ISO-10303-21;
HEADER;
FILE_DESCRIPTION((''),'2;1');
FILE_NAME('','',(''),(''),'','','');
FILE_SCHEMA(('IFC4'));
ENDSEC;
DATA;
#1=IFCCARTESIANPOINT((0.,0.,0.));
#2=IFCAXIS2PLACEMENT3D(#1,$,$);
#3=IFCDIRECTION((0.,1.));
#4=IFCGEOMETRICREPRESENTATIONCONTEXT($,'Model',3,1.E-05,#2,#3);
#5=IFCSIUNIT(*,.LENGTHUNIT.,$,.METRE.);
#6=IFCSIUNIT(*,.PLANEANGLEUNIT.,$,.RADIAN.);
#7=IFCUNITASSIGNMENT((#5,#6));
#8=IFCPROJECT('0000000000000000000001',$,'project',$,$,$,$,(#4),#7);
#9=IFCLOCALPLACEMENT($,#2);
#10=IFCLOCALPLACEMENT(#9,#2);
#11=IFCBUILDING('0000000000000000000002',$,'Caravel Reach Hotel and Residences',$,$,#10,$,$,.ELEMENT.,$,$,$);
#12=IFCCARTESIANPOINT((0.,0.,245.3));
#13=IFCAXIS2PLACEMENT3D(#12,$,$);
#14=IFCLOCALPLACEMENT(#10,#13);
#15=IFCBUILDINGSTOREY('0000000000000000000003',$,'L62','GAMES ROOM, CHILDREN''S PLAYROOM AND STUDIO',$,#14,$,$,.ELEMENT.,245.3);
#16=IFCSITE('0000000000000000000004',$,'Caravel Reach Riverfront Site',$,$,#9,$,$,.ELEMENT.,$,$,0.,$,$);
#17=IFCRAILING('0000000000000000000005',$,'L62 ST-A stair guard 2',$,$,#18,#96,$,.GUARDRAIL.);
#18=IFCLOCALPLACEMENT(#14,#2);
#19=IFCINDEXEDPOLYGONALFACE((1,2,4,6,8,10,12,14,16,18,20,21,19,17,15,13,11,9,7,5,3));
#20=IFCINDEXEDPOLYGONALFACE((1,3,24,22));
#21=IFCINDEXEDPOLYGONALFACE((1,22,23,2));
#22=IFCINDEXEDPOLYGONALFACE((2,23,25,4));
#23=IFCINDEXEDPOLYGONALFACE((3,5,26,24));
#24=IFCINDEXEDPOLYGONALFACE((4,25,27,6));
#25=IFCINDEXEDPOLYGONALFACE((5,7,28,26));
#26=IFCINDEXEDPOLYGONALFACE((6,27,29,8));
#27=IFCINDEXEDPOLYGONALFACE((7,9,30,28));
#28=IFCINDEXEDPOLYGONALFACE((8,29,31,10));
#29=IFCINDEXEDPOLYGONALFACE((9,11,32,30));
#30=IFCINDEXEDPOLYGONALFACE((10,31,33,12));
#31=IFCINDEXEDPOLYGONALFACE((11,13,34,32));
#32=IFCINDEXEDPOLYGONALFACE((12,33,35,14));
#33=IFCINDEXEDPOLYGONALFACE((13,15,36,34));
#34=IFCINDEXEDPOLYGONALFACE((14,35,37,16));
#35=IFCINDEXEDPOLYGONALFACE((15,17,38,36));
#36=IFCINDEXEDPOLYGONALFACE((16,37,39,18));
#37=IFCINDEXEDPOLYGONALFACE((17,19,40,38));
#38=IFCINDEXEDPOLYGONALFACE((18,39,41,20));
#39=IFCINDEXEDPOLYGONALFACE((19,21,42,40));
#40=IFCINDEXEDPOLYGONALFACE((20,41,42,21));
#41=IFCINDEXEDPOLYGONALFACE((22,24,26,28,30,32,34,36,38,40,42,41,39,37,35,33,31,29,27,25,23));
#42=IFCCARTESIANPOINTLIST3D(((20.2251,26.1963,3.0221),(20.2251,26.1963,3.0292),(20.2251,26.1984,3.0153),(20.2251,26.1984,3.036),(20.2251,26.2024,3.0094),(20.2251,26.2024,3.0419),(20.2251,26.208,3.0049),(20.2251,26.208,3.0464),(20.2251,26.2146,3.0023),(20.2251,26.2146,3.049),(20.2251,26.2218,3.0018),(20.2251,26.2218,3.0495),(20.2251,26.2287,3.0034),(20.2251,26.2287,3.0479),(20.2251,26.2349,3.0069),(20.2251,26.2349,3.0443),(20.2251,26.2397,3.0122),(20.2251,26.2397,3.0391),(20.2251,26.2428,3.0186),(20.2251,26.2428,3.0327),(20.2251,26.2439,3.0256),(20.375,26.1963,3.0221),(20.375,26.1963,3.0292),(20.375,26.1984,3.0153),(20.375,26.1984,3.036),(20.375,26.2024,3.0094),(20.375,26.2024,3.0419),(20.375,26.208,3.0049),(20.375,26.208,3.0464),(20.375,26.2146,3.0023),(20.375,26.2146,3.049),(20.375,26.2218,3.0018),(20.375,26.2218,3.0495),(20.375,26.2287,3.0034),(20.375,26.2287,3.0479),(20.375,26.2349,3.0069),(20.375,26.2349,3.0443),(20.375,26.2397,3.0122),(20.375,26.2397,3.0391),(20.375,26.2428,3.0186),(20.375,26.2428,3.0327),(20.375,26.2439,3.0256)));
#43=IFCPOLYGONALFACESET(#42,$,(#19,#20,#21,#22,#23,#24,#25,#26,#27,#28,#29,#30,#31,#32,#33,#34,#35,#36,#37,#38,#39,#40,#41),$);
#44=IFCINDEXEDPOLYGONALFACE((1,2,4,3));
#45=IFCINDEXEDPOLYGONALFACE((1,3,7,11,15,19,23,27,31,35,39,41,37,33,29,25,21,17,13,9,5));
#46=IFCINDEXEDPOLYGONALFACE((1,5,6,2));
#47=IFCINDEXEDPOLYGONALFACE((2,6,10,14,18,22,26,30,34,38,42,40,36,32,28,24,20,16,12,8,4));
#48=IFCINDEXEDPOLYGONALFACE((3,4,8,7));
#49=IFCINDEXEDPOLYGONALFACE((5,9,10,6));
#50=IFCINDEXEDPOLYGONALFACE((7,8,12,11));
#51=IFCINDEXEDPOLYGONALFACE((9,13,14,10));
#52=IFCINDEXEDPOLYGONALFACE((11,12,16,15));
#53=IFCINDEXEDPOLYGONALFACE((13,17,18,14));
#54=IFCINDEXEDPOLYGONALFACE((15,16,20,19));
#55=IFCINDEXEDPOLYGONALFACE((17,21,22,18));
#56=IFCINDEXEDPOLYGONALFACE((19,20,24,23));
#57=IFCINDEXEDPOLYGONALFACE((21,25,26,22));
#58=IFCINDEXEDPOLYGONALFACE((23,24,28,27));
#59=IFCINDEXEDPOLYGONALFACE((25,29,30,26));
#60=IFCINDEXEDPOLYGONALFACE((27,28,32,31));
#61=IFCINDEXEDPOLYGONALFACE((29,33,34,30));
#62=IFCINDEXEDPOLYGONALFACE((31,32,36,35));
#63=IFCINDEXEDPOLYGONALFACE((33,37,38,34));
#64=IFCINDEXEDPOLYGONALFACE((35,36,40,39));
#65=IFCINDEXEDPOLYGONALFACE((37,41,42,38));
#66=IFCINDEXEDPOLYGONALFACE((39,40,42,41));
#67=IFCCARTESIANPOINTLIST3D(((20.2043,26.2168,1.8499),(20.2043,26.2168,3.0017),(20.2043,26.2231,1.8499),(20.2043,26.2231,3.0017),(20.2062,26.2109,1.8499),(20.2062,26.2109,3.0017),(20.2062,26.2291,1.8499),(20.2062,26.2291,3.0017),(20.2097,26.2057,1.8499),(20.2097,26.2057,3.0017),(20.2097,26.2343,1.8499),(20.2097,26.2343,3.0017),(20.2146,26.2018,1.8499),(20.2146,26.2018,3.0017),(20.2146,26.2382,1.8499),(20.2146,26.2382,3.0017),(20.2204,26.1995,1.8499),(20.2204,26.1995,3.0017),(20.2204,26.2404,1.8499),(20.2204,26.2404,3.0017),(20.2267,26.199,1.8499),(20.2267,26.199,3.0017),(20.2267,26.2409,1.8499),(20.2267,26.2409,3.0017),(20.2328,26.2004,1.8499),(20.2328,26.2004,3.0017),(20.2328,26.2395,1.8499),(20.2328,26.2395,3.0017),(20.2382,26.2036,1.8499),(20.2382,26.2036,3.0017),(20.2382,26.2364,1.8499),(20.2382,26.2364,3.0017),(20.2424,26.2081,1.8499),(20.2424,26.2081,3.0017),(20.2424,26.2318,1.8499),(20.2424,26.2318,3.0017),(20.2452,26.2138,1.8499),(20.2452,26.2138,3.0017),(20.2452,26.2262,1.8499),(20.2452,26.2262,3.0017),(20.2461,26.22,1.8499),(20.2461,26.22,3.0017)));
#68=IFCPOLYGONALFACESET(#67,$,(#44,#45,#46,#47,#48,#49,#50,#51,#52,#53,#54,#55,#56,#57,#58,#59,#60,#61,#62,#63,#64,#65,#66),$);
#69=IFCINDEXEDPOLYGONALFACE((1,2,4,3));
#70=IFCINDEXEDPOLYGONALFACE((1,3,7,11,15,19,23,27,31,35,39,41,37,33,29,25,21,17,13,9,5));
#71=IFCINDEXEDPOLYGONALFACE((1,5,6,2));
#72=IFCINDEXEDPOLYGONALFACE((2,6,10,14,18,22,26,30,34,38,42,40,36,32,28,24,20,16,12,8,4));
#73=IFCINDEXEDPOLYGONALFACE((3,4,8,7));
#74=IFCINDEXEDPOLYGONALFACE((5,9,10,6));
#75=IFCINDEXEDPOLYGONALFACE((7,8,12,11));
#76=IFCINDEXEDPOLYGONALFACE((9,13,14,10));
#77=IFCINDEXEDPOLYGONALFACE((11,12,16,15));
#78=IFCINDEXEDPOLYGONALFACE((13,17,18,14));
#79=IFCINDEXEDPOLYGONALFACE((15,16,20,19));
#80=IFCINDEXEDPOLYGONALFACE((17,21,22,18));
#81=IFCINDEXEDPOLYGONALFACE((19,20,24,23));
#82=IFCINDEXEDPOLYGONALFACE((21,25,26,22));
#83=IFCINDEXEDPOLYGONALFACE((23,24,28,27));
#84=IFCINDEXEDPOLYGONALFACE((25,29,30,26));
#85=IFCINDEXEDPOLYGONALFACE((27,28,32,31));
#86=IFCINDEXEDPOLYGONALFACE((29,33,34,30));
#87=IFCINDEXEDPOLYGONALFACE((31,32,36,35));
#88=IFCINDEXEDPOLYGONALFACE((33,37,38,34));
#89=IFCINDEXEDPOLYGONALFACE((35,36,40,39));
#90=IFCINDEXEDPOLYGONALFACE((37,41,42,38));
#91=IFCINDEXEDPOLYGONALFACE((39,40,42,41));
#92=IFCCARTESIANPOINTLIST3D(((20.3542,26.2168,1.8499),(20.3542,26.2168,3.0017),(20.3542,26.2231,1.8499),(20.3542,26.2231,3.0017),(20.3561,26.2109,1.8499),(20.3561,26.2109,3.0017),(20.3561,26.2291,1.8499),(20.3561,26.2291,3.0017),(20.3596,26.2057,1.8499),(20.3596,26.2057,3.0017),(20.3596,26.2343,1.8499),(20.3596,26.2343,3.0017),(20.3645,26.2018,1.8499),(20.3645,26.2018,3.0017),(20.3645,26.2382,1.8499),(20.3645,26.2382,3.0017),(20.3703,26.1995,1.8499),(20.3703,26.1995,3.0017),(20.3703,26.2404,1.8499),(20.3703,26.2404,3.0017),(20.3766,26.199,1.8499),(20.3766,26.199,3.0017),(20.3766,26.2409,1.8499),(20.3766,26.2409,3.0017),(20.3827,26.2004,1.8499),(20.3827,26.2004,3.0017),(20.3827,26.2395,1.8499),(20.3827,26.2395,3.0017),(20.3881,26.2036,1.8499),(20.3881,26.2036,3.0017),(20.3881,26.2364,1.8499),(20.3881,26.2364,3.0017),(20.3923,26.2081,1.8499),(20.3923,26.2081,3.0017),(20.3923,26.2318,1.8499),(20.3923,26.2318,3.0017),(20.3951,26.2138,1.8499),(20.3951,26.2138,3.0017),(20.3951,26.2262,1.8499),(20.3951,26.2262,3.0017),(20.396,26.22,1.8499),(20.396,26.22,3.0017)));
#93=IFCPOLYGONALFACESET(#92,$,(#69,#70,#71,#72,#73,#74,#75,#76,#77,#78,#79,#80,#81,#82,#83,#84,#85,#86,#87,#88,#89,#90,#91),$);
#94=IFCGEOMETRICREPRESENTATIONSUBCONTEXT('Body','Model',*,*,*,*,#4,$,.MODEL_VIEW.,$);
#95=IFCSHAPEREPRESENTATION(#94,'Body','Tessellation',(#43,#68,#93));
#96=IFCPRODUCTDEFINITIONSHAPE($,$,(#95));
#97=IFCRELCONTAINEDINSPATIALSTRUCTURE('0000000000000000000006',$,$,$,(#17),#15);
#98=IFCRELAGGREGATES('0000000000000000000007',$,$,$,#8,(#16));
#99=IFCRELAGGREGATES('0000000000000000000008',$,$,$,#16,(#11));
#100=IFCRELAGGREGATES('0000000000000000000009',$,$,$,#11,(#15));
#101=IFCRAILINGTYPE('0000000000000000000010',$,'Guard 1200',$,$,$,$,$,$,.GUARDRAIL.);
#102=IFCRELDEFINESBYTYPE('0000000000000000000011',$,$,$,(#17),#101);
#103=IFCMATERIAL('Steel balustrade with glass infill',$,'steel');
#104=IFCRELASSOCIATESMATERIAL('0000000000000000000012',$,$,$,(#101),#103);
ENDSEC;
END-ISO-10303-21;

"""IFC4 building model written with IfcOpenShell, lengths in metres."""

from ifc_helpers import new_model, si_unit, direction, frame, origin, origin_2d, place, context, subcontext, project, spatial, circle, extrude, material, type_object, element, save


model = new_model("IFC4")

# Units and contexts
model_context = context("Model", 3, precision=1e-05, world=origin(), true_north=direction((0.0, 1.0)))
body_context = subcontext(model_context, "Body", "Model", "MODEL_VIEW")
ifc_project = project(units=[si_unit("LENGTHUNIT", "METRE"), si_unit("PLANEANGLEUNIT", "RADIAN")], contexts=[model_context])

# Site, building, storey
site_placement = place(None, origin())
site = spatial("IfcSite", under=ifc_project, at=site_placement, Name="Caravel Reach Riverfront Site", CompositionType="ELEMENT", RefElevation=0.0)
building_placement = place(site_placement, origin())
building = spatial("IfcBuilding", under=site, at=building_placement, Name="Caravel Reach Hotel and Residences", CompositionType="ELEMENT")
storey_placement = place(building_placement, frame((0.0, 0.0, 245.3)))
storey = spatial("IfcBuildingStorey", under=building, at=storey_placement, Name="L62", Description="GAMES ROOM, CHILDREN'S PLAYROOM AND STUDIO", CompositionType="ELEMENT", Elevation=245.3)

# Railing
ifc_material_1 = material(Name="Steel balustrade with glass infill", Category="steel")
railing_type = type_object("IfcRailingType", Name="Guard 1200", PredefinedType="GUARDRAIL", material=ifc_material_1)
railing_placement = place(storey_placement, frame((20.2251, 26.22, 1.8499)))
element("IfcRailing", 1, at=railing_placement, inside=storey, type_object=railing_type, Name="L62 ST-A stair guard 2", PredefinedType="GUARDRAIL", context=body_context, shape_type="SweptSolid", body=[
    extrude(circle(Radius=0.0239, at=origin_2d()), frame((0.0, 0.0, 1.1758), z_axis=(1.0, 0.0, 0.0), x_axis=(0.0, 1.0, 0.0)), (0.0, 0.0, 1.0), 0.1499),
    extrude(circle(Radius=0.021, at=origin_2d()), origin(), (0.0, 0.0, 1.0), 1.1519),
    extrude(circle(Radius=0.021, at=origin_2d()), frame((0.1499, 0.0, 0.0)), (0.0, 0.0, 1.0), 1.1519),
])

save(model, "model.ifc")
